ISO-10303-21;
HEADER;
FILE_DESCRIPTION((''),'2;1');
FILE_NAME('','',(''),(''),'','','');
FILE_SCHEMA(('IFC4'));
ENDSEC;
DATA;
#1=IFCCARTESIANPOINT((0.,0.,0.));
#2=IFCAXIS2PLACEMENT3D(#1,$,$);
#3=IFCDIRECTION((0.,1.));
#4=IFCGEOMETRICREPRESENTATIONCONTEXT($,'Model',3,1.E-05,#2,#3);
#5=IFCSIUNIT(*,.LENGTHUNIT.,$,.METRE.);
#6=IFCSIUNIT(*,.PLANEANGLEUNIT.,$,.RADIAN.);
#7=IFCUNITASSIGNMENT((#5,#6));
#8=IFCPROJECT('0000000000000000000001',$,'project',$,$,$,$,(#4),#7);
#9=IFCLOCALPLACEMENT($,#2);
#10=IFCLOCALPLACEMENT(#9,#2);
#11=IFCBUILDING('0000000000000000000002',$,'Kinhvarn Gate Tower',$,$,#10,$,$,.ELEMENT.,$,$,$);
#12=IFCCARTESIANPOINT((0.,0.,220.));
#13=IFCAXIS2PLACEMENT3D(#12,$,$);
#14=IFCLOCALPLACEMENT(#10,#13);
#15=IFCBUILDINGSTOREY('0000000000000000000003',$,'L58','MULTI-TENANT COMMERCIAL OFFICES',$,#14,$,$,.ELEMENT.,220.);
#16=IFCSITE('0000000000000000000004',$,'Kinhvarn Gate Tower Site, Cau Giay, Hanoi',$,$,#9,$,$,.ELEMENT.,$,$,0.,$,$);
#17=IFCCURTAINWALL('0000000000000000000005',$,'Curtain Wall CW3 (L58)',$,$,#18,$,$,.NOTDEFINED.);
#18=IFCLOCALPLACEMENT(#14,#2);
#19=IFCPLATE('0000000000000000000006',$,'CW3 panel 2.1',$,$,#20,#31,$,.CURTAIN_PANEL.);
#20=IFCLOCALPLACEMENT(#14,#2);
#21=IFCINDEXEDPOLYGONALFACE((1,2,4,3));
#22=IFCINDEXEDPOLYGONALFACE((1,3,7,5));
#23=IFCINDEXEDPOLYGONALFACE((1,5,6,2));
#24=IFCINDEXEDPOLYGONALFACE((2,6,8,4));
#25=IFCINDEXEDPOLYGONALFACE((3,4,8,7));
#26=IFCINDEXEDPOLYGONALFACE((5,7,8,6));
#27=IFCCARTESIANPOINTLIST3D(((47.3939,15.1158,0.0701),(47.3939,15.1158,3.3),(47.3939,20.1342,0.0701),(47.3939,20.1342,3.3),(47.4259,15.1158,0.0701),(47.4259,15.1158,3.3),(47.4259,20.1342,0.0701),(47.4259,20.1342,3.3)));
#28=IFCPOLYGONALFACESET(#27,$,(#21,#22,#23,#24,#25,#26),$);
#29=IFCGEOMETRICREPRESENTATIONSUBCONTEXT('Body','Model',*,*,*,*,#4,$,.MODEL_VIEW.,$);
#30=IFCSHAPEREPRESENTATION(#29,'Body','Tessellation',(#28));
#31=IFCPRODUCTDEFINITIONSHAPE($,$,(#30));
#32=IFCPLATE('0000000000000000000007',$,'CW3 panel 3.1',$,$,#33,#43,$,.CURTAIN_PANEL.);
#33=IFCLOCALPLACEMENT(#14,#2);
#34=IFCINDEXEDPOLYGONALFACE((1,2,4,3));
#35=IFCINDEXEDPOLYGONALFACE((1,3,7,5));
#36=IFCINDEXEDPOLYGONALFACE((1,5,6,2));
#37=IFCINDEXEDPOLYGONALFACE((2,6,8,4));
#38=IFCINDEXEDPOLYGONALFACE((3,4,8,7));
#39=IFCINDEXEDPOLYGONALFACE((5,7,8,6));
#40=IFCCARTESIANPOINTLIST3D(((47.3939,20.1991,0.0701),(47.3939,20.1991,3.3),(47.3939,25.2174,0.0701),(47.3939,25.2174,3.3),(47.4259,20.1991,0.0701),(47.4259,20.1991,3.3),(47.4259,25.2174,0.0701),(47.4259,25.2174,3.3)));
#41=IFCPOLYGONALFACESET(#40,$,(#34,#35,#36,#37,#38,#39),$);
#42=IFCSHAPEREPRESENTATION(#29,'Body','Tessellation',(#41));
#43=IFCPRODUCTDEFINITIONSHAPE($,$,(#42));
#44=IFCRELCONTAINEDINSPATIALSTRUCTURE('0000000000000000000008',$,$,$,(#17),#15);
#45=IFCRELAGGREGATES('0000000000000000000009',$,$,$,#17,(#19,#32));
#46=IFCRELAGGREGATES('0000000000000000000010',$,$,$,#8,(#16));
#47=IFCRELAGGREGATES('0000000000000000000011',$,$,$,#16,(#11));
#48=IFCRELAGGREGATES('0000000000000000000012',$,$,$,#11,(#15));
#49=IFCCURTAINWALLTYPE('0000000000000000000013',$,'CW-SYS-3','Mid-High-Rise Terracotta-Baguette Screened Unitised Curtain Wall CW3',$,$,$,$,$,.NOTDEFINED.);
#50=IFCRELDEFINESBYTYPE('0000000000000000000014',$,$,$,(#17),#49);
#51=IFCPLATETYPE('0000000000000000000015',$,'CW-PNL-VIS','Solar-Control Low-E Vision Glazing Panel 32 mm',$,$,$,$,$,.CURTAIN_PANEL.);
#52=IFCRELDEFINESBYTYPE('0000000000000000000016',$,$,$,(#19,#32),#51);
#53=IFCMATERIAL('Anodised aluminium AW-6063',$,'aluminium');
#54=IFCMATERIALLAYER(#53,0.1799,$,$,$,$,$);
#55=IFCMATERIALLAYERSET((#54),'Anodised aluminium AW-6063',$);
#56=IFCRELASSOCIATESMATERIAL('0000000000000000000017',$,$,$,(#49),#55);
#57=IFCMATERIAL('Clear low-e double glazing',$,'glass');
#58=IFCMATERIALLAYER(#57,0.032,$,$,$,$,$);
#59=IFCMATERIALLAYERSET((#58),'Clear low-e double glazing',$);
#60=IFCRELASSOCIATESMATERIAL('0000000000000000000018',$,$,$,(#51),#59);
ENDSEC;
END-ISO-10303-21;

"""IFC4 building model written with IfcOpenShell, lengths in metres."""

from ifc_helpers import new_model, si_unit, direction, frame, origin, origin_2d, place, context, subcontext, project, spatial, rectangle, extrude, material, layer, layer_set, type_object, element, aggregate, save


model = new_model("IFC4")

# Units and contexts
model_context = context("Model", 3, precision=1e-05, world=origin(), true_north=direction((0.0, 1.0)))
body_context = subcontext(model_context, "Body", "Model", "MODEL_VIEW")
ifc_project = project(units=[si_unit("LENGTHUNIT", "METRE"), si_unit("PLANEANGLEUNIT", "RADIAN")], contexts=[model_context])

# Site, building, storey
site_placement = place(None, origin())
site = spatial("IfcSite", under=ifc_project, at=site_placement, Name="Kinhvarn Gate Tower Site, Cau Giay, Hanoi", CompositionType="ELEMENT", RefElevation=0.0)
building_placement = place(site_placement, origin())
building = spatial("IfcBuilding", under=site, at=building_placement, Name="Kinhvarn Gate Tower", CompositionType="ELEMENT")
storey_placement = place(building_placement, frame((0.0, 0.0, 220.0)))
storey = spatial("IfcBuildingStorey", under=building, at=storey_placement, Name="L58", Description="MULTI-TENANT COMMERCIAL OFFICES", CompositionType="ELEMENT", Elevation=220.0)

# Curtain wall
ifc_material_1 = material(Name="Anodised aluminium AW-6063", Category="aluminium")
ifc_layer_1 = layer(ifc_material_1, 0.1799)
ifc_layer_set_1 = layer_set([ifc_layer_1], Name="Anodised aluminium AW-6063")
curtain_wall_type = type_object("IfcCurtainWallType", Name="CW-SYS-3", Description="Mid-High-Rise Terracotta-Baguette Screened Unitised Curtain Wall CW3", PredefinedType="NOTDEFINED", material=ifc_layer_set_1)
curtain_wall_placement = place(storey_placement, origin())
curtain_wall = element("IfcCurtainWall", 1, at=curtain_wall_placement, inside=storey, type_object=curtain_wall_type, Name="Curtain Wall CW3 (L58)", PredefinedType="NOTDEFINED")

# Plates
ifc_material_2 = material(Name="Clear low-e double glazing", Category="glass")
ifc_layer_2 = layer(ifc_material_2, 0.032)
ifc_layer_set_2 = layer_set([ifc_layer_2], Name="Clear low-e double glazing")
plate_type = type_object("IfcPlateType", Name="CW-PNL-VIS", Description="Solar-Control Low-E Vision Glazing Panel 32 mm", PredefinedType="CURTAIN_PANEL", material=ifc_layer_set_2)
plate_1_placement = place(storey_placement, frame((47.4099, 17.625, 0.0701), z_axis=(0.0, 0.0, 1.0), x_axis=(0.0, 1.0, 0.0)))
plate_1 = element("IfcPlate", 2, at=plate_1_placement, type_object=plate_type, Name="CW3 panel 2.1", PredefinedType="CURTAIN_PANEL", context=body_context, shape_type="SweptSolid", body=[
    extrude(rectangle(XDim=5.0183, YDim=0.032, at=origin_2d()), origin(), (0.0, 0.0, 1.0), 3.23),
])
plate_2_placement = place(storey_placement, frame((47.4099, 22.7083, 0.0701), z_axis=(0.0, 0.0, 1.0), x_axis=(0.0, 1.0, 0.0)))
plate_2 = element("IfcPlate", 3, at=plate_2_placement, type_object=plate_type, Name="CW3 panel 3.1", PredefinedType="CURTAIN_PANEL", context=body_context, shape_type="SweptSolid", body=[
    extrude(rectangle(XDim=5.0183, YDim=0.032, at=origin_2d()), origin(), (0.0, 0.0, 1.0), 3.23),
])
aggregate(curtain_wall, [plate_1, plate_2])

save(model, "model.ifc")
